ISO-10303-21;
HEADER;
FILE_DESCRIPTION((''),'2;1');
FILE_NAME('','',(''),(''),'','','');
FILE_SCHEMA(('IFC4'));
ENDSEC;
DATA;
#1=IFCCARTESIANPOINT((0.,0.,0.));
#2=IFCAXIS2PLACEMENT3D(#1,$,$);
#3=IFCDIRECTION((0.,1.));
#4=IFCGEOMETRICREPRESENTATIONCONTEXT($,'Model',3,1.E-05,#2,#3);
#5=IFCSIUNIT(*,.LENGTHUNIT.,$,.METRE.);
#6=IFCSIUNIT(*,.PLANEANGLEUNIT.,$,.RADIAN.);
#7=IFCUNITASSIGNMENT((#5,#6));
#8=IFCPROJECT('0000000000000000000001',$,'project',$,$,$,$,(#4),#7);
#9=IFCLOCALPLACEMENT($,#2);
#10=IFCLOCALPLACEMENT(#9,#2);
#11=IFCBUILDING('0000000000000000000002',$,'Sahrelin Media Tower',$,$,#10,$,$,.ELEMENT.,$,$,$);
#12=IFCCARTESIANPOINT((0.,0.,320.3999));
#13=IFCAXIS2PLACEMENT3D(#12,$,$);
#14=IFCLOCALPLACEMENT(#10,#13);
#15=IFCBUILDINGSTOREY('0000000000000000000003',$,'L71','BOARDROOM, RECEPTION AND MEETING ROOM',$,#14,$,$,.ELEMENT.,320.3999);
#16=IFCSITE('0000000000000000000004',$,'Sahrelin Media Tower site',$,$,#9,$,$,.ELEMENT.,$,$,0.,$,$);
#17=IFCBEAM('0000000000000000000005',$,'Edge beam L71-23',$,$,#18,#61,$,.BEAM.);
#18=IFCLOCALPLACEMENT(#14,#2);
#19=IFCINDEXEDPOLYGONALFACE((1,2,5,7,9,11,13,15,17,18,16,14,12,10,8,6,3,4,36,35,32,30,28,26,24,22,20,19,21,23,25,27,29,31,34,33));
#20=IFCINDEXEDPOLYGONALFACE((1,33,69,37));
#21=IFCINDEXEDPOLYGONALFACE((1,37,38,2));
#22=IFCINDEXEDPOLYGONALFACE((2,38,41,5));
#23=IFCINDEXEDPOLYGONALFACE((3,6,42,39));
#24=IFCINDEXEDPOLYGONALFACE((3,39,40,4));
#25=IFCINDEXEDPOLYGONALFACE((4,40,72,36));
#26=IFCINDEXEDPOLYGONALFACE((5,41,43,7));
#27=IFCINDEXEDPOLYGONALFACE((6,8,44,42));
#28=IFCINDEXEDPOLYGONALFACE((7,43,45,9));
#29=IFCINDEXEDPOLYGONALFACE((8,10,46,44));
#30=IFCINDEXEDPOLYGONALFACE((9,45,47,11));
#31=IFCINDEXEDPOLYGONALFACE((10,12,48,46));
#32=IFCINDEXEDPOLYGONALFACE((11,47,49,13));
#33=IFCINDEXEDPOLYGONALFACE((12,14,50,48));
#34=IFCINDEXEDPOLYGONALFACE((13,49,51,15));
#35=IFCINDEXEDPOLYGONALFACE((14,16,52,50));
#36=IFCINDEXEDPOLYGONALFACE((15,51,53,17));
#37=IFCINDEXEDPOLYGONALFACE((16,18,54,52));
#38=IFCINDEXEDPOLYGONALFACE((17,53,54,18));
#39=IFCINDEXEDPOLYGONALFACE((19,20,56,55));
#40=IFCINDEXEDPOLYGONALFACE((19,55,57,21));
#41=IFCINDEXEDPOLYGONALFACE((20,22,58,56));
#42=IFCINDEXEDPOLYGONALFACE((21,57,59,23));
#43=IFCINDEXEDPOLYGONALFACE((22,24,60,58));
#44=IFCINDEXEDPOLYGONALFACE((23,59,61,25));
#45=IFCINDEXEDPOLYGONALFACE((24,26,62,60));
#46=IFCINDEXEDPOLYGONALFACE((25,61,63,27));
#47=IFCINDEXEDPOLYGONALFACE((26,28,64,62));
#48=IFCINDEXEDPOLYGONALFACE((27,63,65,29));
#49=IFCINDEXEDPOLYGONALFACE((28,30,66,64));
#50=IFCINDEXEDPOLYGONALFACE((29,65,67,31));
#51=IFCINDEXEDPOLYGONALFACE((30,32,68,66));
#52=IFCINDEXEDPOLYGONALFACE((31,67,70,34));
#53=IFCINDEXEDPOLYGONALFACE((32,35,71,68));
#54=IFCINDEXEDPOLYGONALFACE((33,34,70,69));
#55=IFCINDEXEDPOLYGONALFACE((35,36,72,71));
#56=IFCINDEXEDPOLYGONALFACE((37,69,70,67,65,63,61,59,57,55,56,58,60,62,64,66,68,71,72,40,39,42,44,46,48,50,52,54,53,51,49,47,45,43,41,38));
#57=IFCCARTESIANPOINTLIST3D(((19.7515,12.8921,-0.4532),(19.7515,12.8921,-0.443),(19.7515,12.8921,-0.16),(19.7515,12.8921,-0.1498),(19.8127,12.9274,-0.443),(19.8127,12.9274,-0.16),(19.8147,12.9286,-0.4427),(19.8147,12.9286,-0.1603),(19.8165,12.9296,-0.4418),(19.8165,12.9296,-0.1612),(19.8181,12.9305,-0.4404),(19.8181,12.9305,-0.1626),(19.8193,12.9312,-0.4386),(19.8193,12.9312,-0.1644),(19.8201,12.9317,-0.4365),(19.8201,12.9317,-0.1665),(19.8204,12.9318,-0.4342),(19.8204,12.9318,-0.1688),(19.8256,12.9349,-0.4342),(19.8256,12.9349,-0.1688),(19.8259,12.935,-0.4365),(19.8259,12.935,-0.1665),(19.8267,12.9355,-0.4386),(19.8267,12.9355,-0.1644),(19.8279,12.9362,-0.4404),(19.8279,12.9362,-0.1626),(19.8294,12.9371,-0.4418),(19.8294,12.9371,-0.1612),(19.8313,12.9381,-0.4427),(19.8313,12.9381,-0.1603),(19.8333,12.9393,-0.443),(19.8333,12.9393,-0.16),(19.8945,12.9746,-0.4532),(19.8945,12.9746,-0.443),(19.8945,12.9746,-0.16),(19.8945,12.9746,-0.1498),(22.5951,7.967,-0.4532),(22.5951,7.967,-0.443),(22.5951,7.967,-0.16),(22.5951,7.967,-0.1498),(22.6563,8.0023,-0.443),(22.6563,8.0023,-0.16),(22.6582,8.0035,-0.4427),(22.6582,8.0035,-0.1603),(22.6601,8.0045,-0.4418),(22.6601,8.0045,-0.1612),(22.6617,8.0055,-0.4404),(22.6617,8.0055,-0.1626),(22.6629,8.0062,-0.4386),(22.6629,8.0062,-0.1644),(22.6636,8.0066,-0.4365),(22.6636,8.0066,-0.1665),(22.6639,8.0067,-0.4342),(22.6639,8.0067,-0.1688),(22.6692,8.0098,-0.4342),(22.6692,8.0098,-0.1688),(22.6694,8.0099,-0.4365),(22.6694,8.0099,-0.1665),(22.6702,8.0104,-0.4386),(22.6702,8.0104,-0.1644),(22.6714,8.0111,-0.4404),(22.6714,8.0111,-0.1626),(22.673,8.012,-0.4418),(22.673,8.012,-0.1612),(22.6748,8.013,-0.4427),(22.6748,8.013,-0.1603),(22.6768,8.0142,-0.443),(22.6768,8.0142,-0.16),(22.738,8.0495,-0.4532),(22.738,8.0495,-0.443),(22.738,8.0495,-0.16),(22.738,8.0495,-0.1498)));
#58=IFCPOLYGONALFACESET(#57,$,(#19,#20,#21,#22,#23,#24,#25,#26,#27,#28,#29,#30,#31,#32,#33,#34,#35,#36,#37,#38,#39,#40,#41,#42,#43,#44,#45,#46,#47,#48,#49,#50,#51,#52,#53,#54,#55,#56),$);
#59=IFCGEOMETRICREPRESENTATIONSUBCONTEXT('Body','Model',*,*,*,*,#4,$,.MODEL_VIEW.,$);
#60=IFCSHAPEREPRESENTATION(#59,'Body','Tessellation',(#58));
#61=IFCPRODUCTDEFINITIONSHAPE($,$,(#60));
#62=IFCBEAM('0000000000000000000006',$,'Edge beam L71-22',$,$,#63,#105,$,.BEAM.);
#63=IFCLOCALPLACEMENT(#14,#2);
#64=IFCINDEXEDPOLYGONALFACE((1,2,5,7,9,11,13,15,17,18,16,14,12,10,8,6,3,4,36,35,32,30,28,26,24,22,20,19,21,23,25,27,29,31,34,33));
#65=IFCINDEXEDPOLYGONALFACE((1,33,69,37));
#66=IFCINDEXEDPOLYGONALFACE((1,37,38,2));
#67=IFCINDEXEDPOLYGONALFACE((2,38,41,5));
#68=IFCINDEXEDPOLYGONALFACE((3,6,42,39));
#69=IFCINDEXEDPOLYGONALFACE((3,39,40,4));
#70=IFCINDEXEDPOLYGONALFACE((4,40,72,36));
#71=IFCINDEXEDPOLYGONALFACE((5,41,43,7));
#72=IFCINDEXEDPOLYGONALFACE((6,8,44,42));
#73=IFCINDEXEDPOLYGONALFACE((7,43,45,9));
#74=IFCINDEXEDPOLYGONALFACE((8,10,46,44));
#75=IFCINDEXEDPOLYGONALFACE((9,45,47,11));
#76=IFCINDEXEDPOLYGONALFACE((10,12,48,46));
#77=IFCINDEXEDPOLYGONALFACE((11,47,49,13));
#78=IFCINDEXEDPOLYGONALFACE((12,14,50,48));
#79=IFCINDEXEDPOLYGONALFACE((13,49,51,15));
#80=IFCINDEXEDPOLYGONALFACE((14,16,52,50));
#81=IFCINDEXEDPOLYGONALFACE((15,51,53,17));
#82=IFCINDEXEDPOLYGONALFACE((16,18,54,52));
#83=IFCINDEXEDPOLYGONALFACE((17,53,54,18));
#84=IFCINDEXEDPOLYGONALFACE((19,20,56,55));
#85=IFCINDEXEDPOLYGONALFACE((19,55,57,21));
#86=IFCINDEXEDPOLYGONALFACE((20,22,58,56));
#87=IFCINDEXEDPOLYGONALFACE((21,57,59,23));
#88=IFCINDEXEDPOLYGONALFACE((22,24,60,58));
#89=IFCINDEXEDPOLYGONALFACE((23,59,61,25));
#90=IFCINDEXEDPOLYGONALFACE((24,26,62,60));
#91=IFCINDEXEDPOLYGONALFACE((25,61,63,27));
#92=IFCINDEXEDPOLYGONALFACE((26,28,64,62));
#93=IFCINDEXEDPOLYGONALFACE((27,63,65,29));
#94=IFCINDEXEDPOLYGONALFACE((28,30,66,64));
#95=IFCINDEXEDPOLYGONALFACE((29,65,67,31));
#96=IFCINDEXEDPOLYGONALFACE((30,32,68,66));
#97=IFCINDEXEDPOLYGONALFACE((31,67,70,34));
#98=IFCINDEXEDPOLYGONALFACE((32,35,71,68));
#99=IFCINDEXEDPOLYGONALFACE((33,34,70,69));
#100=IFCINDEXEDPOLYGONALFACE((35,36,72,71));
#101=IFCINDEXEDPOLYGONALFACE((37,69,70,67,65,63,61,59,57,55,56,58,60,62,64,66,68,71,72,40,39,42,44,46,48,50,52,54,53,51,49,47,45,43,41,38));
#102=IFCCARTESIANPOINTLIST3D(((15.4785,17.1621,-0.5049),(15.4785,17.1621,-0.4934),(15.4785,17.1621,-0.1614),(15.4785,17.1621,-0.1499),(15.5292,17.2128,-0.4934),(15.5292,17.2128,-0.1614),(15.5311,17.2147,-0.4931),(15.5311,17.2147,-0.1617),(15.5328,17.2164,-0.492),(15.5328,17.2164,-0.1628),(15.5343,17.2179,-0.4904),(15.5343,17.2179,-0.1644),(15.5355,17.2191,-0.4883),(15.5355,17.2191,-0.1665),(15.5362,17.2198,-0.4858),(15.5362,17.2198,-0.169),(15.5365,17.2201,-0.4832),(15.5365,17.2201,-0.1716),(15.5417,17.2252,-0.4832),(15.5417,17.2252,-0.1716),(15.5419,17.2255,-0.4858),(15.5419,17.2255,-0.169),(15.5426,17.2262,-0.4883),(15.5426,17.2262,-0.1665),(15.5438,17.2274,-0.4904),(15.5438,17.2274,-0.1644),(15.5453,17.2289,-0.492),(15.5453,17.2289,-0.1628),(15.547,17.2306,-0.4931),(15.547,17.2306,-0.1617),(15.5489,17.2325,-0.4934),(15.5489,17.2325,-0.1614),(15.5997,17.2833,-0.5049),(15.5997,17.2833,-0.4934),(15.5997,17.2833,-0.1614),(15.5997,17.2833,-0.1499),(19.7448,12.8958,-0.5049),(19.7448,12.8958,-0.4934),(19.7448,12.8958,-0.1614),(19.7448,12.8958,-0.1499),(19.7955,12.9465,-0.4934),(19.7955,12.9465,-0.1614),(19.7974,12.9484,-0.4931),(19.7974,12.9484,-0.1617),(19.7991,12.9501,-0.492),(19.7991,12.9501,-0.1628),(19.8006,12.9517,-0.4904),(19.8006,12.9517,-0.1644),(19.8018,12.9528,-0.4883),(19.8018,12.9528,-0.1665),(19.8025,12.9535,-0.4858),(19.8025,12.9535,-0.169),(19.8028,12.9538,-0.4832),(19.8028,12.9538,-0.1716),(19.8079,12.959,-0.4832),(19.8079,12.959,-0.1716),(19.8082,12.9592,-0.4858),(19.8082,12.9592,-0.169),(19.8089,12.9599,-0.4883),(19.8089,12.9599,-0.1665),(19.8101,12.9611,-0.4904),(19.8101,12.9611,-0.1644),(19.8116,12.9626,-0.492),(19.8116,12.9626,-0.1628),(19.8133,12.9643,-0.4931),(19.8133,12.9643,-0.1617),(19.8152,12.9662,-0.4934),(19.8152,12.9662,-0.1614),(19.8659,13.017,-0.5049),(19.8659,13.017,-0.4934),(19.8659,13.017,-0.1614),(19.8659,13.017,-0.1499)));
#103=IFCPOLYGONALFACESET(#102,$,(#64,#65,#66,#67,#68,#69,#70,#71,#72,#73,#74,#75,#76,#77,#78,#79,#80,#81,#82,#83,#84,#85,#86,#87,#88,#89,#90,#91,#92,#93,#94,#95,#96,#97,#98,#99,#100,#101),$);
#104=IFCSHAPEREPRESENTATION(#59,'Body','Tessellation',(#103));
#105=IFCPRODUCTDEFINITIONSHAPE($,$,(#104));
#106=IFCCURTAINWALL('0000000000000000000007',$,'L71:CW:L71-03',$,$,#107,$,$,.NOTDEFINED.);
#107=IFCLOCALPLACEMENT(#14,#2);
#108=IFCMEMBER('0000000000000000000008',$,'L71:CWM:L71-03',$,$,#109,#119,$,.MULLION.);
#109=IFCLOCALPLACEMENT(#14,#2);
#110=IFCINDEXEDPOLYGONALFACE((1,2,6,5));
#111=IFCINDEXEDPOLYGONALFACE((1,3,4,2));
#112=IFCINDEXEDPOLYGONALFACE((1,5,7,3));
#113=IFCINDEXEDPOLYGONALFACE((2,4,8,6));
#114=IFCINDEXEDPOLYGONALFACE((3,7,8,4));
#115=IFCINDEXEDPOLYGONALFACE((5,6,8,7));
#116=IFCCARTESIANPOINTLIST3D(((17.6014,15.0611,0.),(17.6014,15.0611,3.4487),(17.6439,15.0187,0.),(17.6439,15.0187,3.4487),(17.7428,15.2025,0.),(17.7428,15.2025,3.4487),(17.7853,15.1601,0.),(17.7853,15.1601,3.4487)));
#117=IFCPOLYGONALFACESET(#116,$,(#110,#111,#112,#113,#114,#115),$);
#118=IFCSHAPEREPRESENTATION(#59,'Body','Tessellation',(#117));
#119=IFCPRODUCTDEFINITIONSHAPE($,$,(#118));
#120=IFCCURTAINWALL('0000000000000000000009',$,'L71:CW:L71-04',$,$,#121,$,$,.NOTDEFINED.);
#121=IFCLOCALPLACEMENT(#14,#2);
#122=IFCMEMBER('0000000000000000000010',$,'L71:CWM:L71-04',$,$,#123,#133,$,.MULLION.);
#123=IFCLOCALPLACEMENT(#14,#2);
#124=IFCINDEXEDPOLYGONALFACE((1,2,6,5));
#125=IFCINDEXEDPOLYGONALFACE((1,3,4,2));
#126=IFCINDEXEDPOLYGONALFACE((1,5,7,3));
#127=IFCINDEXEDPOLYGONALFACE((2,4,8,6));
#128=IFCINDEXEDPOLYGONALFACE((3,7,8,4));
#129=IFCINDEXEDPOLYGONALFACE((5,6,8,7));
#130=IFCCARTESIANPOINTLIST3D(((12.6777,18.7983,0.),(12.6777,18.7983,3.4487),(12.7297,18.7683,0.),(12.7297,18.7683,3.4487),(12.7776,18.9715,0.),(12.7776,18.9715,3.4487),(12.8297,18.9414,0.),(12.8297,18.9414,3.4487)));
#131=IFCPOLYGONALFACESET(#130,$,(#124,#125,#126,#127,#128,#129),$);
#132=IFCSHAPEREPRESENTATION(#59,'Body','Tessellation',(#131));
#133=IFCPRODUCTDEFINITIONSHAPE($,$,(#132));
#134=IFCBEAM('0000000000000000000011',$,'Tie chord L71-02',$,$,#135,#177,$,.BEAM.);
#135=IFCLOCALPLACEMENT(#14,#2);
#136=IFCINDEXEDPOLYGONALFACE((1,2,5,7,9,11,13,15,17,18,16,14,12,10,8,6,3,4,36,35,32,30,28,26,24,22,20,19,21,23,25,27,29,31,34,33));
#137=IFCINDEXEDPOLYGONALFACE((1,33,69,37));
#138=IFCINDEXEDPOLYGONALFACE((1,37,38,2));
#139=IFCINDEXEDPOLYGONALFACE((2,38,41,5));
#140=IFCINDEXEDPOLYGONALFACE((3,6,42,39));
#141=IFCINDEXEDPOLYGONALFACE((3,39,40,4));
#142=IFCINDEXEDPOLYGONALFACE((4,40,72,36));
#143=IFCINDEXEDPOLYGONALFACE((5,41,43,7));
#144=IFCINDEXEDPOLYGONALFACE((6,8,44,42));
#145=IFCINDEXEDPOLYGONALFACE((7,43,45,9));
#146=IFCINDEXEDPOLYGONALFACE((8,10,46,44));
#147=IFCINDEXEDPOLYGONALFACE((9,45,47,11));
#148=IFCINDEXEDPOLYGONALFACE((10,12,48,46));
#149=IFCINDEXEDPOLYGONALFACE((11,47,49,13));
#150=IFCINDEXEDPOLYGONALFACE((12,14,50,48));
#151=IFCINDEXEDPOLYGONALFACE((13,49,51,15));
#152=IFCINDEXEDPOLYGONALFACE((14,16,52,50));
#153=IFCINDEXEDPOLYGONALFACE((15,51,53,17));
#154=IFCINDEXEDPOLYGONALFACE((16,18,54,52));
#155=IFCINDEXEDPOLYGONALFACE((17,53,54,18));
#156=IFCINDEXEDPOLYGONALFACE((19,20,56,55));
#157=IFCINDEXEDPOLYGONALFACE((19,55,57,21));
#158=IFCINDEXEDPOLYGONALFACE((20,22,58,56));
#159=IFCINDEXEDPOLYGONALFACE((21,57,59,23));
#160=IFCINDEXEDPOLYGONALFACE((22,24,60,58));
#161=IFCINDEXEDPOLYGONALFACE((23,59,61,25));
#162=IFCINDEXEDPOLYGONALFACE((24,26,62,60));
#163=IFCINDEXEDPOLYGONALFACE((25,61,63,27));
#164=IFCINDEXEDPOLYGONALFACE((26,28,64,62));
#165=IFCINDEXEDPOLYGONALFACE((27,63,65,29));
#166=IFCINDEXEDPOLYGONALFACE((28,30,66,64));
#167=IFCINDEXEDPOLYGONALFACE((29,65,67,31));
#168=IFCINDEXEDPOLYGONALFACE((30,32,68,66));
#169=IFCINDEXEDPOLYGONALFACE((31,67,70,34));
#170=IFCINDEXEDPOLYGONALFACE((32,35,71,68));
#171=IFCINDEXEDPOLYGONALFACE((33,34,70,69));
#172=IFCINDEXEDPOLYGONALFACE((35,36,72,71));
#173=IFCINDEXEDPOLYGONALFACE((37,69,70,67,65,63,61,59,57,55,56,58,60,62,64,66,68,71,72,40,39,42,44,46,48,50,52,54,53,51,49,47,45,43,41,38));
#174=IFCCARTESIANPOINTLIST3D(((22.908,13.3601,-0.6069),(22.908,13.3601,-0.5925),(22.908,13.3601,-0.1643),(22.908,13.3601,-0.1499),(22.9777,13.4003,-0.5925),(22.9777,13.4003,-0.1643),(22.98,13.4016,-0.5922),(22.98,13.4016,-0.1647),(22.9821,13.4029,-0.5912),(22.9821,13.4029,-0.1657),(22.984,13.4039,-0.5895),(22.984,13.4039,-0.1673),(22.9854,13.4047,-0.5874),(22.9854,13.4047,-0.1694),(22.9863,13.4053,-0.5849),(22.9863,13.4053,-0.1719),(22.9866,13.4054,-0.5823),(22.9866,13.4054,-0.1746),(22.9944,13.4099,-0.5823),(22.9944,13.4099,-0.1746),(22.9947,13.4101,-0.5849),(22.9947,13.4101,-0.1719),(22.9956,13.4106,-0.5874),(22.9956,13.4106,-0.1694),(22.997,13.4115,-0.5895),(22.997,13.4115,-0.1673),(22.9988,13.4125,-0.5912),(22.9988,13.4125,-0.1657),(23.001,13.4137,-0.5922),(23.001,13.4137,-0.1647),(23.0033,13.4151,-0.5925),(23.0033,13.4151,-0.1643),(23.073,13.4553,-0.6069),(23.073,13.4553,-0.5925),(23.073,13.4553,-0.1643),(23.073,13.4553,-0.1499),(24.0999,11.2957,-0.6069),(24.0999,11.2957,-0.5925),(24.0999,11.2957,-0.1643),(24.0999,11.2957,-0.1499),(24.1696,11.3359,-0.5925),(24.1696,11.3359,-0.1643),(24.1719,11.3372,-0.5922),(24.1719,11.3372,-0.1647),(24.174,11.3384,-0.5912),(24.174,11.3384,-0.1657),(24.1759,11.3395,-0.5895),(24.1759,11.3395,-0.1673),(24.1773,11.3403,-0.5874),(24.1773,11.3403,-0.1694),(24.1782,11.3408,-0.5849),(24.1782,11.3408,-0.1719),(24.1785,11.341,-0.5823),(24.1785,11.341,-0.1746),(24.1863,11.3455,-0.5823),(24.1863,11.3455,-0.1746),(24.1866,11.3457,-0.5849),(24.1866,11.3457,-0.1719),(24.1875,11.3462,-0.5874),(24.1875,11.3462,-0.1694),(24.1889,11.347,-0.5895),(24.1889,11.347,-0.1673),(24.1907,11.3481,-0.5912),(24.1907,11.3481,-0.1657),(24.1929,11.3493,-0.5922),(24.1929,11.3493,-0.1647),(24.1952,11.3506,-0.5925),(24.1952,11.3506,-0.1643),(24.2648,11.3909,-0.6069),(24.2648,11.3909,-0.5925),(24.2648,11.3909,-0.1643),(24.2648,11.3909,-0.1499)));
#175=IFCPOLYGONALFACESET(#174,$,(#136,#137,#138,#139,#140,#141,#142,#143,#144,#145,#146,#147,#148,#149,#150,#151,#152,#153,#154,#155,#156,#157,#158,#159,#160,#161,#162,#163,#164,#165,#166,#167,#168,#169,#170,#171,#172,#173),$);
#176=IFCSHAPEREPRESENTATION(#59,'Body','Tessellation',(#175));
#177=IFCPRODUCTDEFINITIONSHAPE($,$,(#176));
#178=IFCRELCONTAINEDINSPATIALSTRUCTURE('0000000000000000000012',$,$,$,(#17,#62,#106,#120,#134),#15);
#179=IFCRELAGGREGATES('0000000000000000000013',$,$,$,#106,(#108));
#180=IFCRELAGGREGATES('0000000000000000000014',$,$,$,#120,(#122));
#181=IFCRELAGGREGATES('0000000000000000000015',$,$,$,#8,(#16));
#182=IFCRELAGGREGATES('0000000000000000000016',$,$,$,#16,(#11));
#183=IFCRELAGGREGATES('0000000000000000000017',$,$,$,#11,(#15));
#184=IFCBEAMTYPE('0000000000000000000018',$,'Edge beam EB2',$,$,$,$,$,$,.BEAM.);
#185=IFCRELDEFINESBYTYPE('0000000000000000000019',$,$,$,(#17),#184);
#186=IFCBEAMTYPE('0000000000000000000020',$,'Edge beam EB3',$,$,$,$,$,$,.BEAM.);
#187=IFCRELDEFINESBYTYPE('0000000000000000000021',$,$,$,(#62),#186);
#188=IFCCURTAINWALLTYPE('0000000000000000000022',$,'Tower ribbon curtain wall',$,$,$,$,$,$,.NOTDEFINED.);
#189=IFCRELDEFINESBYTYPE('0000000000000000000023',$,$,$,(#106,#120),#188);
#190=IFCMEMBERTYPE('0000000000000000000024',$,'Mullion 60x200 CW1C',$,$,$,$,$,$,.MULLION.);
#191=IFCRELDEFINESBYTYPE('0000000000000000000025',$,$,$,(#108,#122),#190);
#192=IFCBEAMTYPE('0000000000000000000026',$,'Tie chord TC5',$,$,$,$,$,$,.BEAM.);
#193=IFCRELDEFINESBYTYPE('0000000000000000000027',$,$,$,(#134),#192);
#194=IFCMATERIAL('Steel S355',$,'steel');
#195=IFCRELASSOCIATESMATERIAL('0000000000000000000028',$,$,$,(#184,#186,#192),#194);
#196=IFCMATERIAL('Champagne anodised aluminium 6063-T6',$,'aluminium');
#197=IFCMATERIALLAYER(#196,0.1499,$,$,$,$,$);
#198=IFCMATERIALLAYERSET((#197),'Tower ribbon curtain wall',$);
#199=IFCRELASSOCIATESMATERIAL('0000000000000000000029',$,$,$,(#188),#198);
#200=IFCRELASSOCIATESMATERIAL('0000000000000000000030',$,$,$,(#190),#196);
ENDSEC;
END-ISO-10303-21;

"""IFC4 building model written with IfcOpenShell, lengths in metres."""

from ifc_helpers import new_model, si_unit, direction, frame, origin, origin_2d, place, context, subcontext, project, spatial, rectangle, i_section, extrude, material, layer, layer_set, material_profile, profile_set, type_object, element, aggregate, save


model = new_model("IFC4")

# Units and contexts
model_context = context("Model", 3, precision=1e-05, world=origin(), true_north=direction((0.0, 1.0)))
body_context = subcontext(model_context, "Body", "Model", "MODEL_VIEW")
ifc_project = project(units=[si_unit("LENGTHUNIT", "METRE"), si_unit("PLANEANGLEUNIT", "RADIAN")], contexts=[model_context])

# Site, building, storey
site_placement = place(None, origin())
site = spatial("IfcSite", under=ifc_project, at=site_placement, Name="Sahrelin Media Tower site", CompositionType="ELEMENT", RefElevation=0.0)
building_placement = place(site_placement, origin())
building = spatial("IfcBuilding", under=site, at=building_placement, Name="Sahrelin Media Tower", CompositionType="ELEMENT")
storey_placement = place(building_placement, frame((0.0, 0.0, 320.3999)))
storey = spatial("IfcBuildingStorey", under=building, at=storey_placement, Name="L71", Description="BOARDROOM, RECEPTION AND MEETING ROOM", CompositionType="ELEMENT", Elevation=320.3999)

# Beams
ifc_material_1 = material(Name="Steel S355", Category="steel")
ifc_material_profile_1 = material_profile(ifc_material_1, i_section(OverallWidth=0.165, OverallDepth=0.3035, WebThickness=0.0061, FlangeThickness=0.0103, FilletRadius=0.0088, at=origin_2d()), Name="UB 305x165x40")
ifc_profile_set_1 = profile_set([ifc_material_profile_1], Name="Steel S355")
beam_type_1 = type_object("IfcBeamType", Name="Edge beam EB2", PredefinedType="BEAM", material=ifc_profile_set_1)
beam_1_placement = place(storey_placement, frame((19.823, 12.9333, -0.3015), z_axis=(0.500004, -0.866023, 0.0), x_axis=(0.866023, 0.500004, 0.0)))
element("IfcBeam", 1, at=beam_1_placement, inside=storey, type_object=beam_type_1, Name="Edge beam L71-23", PredefinedType="BEAM", context=body_context, shape_type="SweptSolid", body=[
    extrude(i_section(OverallWidth=0.165, OverallDepth=0.3035, WebThickness=0.0061, FlangeThickness=0.0103, FilletRadius=0.0088, at=origin_2d()), origin(), (0.0, 0.0, 1.0), 5.687),
])
ifc_material_profile_2 = material_profile(ifc_material_1, i_section(OverallWidth=0.1714, OverallDepth=0.355, WebThickness=0.0073, FlangeThickness=0.0115, FilletRadius=0.0103, at=origin_2d()), Name="UB 356x171x51")
ifc_profile_set_2 = profile_set([ifc_material_profile_2], Name="Steel S355")
beam_type_2 = type_object("IfcBeamType", Name="Edge beam EB3", PredefinedType="BEAM", material=ifc_profile_set_2)
beam_2_placement = place(storey_placement, frame((15.5391, 17.2227, -0.3274), z_axis=(0.707107, -0.707107, 0.0), x_axis=(0.707107, 0.707107, 0.0)))
element("IfcBeam", 2, at=beam_2_placement, inside=storey, type_object=beam_type_2, Name="Edge beam L71-22", PredefinedType="BEAM", context=body_context, shape_type="SweptSolid", body=[
    extrude(i_section(OverallWidth=0.1714, OverallDepth=0.355, WebThickness=0.0073, FlangeThickness=0.0115, FilletRadius=0.0103, at=origin_2d()), origin(), (0.0, 0.0, 1.0), 6.0334),
])

# Curtain walls, members
ifc_material_2 = material(Name="Champagne anodised aluminium 6063-T6", Category="aluminium")
ifc_layer_1 = layer(ifc_material_2, 0.1499)
ifc_layer_set_1 = layer_set([ifc_layer_1], Name="Tower ribbon curtain wall")
curtain_wall_type = type_object("IfcCurtainWallType", Name="Tower ribbon curtain wall", PredefinedType="NOTDEFINED", material=ifc_layer_set_1)
curtain_wall_1_placement = place(storey_placement, frame((17.7783, 15.1956, 0.0), z_axis=(0.0, 0.0, 1.0), x_axis=(1.0, 0.0, 0.0)))
curtain_wall_1 = element("IfcCurtainWall", 3, at=curtain_wall_1_placement, inside=storey, type_object=curtain_wall_type, Name="L71:CW:L71-03", PredefinedType="NOTDEFINED")
ifc_material_profile_3 = material_profile(ifc_material_2, rectangle(XDim=0.0601, YDim=0.2, at=origin_2d()), Name="Mullion 60x200")
ifc_profile_set_3 = profile_set([ifc_material_profile_3], Name="Champagne anodised aluminium 6063-T6")
member_type_1 = type_object("IfcMemberType", Name="Mullion 60x200 CW1C", PredefinedType="MULLION", material=ifc_profile_set_3)
member_1_placement = place(storey_placement, frame((17.6934, 15.1106, 0.0), z_axis=(0.0, 0.0, 1.0), x_axis=(-0.707107, 0.707107, 0.0)))
member_1 = element("IfcMember", 4, at=member_1_placement, type_object=member_type_1, Name="L71:CWM:L71-03", PredefinedType="MULLION", context=body_context, shape_type="SweptSolid", body=[
    extrude(rectangle(XDim=0.0601, YDim=0.2, at=origin_2d()), origin(), (0.0, 0.0, 1.0), 3.4487),
])
curtain_wall_2_placement = place(storey_placement, frame((12.8137, 18.9739, 0.0), z_axis=(0.0, 0.0, 1.0), x_axis=(1.0, 0.0, 0.0)))
curtain_wall_2 = element("IfcCurtainWall", 5, at=curtain_wall_2_placement, inside=storey, type_object=curtain_wall_type, Name="L71:CW:L71-04", PredefinedType="NOTDEFINED")
member_2_placement = place(storey_placement, frame((12.7537, 18.8699, 0.0), z_axis=(0.0, 0.0, 1.0), x_axis=(-0.866024, 0.500003, 0.0)))
member_2 = element("IfcMember", 6, at=member_2_placement, type_object=member_type_1, Name="L71:CWM:L71-04", PredefinedType="MULLION", context=body_context, shape_type="SweptSolid", body=[
    extrude(rectangle(XDim=0.0601, YDim=0.2, at=origin_2d()), origin(), (0.0, 0.0, 1.0), 3.4487),
])

# Beam
ifc_material_profile_4 = material_profile(ifc_material_1, i_section(OverallWidth=0.1904, OverallDepth=0.457, WebThickness=0.009, FlangeThickness=0.0144, FilletRadius=0.0103, at=origin_2d()), Name="UB 457x191x74")
ifc_profile_set_4 = profile_set([ifc_material_profile_4], Name="Steel S355")
beam_type_3 = type_object("IfcBeamType", Name="Tie chord TC5", PredefinedType="BEAM", material=ifc_profile_set_4)
beam_3_placement = place(storey_placement, frame((24.1824, 11.3433, -0.3784), z_axis=(-0.499994, 0.866029, 0.0), x_axis=(-0.866029, -0.499994, 0.0)))
element("IfcBeam", 7, at=beam_3_placement, inside=storey, type_object=beam_type_3, Name="Tie chord L71-02", PredefinedType="BEAM", context=body_context, shape_type="SweptSolid", body=[
    extrude(i_section(OverallWidth=0.1904, OverallDepth=0.457, WebThickness=0.009, FlangeThickness=0.0144, FilletRadius=0.0103, at=origin_2d()), origin(), (0.0, 0.0, 1.0), 2.3838),
])

aggregate(curtain_wall_1, [member_1])
aggregate(curtain_wall_2, [member_2])

save(model, "model.ifc")
